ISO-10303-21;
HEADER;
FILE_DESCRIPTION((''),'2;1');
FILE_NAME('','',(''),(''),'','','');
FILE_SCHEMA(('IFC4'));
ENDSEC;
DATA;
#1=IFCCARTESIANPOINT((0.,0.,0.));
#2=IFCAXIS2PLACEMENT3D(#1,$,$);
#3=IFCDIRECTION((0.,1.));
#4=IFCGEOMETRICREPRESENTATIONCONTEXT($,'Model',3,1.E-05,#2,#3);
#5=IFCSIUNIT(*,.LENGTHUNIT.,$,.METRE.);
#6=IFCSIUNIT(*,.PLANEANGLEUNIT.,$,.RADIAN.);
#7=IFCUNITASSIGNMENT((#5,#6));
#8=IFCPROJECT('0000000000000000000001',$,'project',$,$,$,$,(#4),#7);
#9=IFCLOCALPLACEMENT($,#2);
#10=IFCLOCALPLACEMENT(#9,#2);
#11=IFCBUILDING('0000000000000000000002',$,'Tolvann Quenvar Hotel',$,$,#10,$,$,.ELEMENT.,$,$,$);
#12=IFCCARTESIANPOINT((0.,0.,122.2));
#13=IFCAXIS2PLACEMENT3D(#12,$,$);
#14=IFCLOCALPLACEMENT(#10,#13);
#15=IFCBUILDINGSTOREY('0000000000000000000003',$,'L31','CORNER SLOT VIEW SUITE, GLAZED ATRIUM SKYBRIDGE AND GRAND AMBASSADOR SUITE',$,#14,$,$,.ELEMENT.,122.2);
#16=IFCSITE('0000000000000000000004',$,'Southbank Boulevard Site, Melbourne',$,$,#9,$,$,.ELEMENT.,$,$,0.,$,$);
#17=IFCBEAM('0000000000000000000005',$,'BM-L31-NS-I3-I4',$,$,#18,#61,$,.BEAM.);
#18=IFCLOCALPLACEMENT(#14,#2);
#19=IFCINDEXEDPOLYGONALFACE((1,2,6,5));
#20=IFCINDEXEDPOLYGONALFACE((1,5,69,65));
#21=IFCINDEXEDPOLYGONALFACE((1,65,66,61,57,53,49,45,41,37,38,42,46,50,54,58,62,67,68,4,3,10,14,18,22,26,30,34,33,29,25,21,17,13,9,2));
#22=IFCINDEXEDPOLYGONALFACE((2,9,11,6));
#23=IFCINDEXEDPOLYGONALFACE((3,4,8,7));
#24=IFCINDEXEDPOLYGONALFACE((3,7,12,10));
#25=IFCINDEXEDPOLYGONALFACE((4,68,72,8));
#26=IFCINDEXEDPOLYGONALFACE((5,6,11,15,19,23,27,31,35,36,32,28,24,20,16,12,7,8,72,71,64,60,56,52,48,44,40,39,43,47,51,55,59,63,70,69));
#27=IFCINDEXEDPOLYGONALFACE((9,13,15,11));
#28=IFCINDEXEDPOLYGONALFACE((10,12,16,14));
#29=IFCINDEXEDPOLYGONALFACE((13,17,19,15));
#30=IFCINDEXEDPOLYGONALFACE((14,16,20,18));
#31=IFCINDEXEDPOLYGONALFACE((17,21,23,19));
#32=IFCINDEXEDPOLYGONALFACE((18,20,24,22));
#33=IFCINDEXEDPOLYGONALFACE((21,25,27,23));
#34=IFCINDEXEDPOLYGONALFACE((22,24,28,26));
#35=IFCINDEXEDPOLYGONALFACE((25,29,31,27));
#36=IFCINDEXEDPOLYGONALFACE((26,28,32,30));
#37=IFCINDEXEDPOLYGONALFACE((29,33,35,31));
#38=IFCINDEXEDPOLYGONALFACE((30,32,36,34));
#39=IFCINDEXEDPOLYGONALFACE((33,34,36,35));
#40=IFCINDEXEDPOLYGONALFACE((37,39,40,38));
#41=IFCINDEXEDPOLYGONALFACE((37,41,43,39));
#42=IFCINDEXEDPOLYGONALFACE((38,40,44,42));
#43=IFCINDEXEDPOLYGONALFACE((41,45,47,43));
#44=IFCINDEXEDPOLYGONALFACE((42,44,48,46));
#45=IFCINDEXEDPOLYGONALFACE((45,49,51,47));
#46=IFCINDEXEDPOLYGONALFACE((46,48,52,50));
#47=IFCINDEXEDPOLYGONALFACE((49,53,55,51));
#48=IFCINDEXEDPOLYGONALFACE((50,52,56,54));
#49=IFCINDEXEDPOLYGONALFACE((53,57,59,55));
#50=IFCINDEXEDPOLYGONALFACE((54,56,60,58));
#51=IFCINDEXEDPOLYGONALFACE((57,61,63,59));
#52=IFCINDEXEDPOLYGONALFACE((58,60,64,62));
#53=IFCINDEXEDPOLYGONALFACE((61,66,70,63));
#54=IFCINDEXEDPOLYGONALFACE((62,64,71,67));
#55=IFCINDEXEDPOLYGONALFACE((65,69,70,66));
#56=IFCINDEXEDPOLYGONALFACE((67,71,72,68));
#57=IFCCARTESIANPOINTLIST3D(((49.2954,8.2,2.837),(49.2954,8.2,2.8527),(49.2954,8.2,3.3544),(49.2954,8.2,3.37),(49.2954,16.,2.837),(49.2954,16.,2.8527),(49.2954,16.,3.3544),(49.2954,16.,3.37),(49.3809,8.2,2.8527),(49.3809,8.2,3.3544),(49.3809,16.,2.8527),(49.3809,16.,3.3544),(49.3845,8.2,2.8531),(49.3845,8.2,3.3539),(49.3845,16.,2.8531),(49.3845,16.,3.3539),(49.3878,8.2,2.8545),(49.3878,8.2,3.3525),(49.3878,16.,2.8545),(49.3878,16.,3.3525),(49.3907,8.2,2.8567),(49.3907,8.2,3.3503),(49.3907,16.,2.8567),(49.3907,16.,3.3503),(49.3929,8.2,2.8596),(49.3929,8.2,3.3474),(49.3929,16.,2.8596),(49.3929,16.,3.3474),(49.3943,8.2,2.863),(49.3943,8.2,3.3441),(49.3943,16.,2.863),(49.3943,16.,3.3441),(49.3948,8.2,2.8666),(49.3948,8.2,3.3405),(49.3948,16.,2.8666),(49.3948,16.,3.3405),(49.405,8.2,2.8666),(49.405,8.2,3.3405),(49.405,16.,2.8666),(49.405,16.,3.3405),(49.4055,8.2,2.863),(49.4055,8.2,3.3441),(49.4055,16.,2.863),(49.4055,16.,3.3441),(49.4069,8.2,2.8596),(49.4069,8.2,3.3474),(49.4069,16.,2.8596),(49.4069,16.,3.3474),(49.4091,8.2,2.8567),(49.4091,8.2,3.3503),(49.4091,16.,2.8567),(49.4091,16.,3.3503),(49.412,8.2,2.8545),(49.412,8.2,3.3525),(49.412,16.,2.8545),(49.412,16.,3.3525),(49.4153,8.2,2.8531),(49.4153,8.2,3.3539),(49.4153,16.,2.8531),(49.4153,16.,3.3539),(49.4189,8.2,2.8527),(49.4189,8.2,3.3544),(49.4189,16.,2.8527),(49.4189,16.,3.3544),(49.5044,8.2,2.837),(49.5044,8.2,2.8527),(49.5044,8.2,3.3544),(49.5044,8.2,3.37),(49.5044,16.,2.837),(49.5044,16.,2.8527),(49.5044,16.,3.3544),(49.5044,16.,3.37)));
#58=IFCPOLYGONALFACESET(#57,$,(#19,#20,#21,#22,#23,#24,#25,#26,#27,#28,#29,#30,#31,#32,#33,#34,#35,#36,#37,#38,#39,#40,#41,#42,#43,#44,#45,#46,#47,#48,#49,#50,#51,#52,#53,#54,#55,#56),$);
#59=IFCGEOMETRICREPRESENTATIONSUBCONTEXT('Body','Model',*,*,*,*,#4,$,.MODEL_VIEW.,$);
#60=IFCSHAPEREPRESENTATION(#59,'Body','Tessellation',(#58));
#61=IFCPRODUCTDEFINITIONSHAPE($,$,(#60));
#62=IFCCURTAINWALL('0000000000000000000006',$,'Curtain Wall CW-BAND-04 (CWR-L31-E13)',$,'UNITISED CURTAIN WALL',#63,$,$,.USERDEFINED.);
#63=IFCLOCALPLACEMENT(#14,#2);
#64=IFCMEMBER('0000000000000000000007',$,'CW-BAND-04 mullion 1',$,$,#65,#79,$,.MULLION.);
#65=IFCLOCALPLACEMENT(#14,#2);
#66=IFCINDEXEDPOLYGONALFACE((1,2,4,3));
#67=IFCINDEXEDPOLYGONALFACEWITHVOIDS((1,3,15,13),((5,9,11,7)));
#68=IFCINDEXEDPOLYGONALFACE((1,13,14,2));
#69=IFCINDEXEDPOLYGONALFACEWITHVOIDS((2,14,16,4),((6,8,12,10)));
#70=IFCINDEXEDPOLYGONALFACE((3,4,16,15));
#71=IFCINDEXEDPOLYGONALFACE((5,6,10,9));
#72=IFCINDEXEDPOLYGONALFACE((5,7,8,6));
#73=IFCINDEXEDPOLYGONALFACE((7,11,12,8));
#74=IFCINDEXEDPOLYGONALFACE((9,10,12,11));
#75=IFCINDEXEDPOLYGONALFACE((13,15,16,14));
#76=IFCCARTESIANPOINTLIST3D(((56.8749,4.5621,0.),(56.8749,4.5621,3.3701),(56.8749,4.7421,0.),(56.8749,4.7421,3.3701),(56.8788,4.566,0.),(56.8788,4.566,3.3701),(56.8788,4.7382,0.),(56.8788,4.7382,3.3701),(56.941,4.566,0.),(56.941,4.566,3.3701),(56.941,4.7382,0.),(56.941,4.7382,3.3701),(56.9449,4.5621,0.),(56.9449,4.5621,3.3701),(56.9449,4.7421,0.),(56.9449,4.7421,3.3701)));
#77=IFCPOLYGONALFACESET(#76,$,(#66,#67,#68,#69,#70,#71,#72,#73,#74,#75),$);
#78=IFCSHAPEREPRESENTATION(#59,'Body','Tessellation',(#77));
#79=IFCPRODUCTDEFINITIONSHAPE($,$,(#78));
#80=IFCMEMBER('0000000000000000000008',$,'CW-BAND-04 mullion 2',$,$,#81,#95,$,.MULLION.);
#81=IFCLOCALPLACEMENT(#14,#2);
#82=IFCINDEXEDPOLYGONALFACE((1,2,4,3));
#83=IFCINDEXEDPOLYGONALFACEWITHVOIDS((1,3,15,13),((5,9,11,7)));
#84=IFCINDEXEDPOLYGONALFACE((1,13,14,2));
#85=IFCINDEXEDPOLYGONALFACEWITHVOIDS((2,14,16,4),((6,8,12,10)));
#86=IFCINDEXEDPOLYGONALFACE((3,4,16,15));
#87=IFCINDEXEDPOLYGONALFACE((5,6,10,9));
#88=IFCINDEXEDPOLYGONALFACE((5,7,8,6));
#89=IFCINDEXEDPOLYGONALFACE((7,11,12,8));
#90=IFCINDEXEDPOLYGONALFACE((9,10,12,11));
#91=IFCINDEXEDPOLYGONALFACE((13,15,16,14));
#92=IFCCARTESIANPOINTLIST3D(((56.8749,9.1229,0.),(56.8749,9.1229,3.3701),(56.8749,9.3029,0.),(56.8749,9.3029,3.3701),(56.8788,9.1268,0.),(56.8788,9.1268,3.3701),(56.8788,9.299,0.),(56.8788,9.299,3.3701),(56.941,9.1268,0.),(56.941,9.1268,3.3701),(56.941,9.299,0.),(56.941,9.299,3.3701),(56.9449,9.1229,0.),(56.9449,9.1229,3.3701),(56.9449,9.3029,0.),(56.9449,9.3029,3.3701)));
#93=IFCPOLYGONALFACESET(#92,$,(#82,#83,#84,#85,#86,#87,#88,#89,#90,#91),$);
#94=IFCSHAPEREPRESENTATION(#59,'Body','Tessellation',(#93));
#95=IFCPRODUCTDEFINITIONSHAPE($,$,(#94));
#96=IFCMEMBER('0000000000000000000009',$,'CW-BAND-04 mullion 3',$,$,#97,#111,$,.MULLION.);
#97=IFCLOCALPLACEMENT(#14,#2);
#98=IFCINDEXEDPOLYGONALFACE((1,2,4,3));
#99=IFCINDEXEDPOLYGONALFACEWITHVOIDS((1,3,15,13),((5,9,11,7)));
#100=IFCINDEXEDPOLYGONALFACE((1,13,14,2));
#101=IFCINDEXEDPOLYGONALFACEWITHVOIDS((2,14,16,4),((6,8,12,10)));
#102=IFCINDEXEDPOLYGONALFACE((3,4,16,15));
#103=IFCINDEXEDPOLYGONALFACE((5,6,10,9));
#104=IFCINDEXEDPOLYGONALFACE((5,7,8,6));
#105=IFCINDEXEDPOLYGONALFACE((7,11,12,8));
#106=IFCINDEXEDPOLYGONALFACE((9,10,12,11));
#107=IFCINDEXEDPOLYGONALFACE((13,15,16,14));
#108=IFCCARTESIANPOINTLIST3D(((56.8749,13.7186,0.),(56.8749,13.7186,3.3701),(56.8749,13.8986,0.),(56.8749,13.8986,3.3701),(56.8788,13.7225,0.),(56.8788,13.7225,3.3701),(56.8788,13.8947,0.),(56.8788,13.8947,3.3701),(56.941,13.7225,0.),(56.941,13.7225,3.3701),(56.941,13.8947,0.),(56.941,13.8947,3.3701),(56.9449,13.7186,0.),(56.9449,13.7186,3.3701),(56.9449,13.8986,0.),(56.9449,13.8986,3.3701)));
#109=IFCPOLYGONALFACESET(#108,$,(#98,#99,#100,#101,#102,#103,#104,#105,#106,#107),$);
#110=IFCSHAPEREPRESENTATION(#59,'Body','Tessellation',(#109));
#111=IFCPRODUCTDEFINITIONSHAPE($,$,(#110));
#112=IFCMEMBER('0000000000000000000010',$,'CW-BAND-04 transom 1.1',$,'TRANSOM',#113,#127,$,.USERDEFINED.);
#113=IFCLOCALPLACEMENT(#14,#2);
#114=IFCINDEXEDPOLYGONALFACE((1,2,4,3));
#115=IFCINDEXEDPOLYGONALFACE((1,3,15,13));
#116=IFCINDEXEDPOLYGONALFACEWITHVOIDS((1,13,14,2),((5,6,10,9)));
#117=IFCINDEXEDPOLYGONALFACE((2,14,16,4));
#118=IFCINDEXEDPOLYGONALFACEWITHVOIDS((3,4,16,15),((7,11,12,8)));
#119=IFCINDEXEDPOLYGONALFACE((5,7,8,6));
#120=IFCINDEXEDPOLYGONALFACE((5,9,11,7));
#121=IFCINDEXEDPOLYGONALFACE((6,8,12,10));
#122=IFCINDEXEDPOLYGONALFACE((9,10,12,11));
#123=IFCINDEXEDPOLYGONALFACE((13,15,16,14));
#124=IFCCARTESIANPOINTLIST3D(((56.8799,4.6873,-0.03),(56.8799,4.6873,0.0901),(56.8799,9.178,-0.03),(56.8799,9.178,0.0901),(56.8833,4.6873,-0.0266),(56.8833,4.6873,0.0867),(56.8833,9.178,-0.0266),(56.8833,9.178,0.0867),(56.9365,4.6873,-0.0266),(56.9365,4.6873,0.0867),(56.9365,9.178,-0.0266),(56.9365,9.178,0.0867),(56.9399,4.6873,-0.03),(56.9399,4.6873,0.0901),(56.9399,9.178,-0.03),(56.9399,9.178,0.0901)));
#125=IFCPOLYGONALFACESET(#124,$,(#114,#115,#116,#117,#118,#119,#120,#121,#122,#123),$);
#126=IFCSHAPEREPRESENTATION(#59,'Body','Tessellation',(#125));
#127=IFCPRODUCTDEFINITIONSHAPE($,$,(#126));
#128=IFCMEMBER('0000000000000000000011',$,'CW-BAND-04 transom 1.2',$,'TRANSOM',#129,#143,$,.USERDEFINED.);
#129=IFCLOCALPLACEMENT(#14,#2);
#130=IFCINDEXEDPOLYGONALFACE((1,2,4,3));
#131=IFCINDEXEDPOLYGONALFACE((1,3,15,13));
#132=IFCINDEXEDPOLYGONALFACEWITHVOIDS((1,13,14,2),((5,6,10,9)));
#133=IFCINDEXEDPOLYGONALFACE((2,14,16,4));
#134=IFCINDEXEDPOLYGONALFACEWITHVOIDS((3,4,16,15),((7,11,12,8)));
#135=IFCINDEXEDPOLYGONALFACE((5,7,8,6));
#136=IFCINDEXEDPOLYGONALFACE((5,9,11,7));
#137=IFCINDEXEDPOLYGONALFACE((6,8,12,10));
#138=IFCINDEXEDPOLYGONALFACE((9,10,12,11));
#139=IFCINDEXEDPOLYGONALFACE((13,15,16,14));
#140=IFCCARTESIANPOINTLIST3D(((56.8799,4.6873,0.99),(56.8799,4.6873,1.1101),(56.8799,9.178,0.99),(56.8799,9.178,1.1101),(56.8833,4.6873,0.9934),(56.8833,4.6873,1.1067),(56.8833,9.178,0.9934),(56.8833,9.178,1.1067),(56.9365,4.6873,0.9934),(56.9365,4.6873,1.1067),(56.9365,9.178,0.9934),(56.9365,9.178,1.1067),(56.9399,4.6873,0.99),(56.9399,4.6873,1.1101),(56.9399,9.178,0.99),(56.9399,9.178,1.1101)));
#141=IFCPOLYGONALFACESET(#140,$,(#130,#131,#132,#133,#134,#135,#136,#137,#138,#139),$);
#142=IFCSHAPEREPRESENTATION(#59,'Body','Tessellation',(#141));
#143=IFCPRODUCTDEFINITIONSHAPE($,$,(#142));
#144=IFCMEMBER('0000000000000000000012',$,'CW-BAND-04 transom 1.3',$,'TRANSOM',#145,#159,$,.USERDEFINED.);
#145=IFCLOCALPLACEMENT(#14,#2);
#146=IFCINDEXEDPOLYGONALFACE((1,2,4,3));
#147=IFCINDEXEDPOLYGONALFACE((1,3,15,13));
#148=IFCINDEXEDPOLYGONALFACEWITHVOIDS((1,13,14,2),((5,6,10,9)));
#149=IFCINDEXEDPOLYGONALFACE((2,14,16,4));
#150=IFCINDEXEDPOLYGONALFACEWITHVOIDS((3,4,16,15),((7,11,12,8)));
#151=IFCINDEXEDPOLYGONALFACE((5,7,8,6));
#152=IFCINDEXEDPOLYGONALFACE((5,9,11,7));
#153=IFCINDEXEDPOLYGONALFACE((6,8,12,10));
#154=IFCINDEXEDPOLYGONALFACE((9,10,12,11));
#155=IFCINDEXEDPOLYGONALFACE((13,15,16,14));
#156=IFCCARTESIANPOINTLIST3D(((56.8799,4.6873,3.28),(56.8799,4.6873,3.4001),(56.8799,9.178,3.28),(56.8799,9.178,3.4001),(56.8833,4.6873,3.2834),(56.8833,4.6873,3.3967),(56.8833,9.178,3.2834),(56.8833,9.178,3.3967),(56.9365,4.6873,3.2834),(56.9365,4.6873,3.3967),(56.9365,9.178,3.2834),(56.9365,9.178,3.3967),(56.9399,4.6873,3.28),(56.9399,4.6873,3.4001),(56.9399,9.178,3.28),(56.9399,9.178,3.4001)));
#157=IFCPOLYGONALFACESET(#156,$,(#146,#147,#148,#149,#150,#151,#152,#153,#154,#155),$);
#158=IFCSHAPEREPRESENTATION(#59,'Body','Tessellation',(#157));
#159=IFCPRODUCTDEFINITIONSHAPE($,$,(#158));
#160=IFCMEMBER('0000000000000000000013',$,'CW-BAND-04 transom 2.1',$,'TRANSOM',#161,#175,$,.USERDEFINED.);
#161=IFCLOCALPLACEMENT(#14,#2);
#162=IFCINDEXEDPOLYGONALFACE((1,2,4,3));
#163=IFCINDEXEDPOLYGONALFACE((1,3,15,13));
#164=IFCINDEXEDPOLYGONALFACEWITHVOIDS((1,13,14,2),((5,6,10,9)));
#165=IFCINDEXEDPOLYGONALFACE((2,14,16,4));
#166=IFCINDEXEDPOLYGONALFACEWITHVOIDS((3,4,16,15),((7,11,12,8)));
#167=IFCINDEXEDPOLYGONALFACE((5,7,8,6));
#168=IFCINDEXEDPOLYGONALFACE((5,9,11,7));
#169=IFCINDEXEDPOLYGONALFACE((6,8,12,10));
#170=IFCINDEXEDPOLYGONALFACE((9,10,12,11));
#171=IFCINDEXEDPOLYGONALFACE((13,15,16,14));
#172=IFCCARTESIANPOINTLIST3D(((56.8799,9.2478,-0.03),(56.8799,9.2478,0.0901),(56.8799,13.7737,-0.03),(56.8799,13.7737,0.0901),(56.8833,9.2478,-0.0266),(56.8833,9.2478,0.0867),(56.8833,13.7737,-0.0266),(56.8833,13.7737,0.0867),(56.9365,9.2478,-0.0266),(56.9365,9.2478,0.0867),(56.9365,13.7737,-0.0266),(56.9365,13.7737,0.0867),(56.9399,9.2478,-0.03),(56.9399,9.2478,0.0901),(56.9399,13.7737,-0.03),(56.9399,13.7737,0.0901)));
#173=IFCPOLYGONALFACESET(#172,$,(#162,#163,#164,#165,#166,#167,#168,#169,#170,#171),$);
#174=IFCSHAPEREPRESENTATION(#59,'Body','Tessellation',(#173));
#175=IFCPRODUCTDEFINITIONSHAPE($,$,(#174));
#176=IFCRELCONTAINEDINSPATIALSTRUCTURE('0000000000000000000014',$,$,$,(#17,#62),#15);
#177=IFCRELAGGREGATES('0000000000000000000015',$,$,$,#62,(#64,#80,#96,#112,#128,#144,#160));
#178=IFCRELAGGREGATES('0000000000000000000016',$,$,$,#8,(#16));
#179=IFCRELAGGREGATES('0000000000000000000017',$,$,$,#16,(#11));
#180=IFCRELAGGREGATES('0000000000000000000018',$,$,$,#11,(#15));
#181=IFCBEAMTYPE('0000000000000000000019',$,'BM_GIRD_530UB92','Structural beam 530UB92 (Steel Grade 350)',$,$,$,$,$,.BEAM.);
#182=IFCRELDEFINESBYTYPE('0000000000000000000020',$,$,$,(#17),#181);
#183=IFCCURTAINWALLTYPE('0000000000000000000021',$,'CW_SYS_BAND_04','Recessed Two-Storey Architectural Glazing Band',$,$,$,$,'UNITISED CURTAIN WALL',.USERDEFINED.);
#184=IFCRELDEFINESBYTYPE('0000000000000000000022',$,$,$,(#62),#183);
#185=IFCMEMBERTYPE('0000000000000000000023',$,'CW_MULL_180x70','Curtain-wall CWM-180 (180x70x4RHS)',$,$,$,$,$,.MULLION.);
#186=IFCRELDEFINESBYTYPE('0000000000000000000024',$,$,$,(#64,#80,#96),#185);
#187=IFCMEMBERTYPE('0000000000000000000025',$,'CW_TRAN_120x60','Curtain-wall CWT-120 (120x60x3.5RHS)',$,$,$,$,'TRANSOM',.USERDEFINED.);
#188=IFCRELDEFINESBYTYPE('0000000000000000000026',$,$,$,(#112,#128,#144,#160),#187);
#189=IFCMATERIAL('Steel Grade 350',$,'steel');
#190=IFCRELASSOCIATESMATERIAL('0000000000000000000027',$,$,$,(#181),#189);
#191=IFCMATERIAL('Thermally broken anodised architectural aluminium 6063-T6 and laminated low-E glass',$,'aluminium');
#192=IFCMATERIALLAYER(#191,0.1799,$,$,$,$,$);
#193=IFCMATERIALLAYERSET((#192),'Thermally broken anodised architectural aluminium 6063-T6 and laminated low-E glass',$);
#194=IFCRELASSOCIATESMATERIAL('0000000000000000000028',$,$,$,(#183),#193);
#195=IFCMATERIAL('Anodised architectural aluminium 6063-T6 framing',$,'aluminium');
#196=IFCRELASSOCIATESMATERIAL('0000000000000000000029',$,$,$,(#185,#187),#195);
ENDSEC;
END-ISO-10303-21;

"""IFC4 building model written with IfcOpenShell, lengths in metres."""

from ifc_helpers import new_model, si_unit, direction, frame, origin, origin_2d, place, context, subcontext, project, spatial, hollow_rectangle, i_section, extrude, source, transform, mapped, material, layer, layer_set, material_profile, profile_set, type_object, type_shapes, element, aggregate, save


model = new_model("IFC4")

# Units and contexts
model_context = context("Model", 3, precision=1e-05, world=origin(), true_north=direction((0.0, 1.0)))
body_context = subcontext(model_context, "Body", "Model", "MODEL_VIEW")
ifc_project = project(units=[si_unit("LENGTHUNIT", "METRE"), si_unit("PLANEANGLEUNIT", "RADIAN")], contexts=[model_context])

# Site, building, storey
site_placement = place(None, origin())
site = spatial("IfcSite", under=ifc_project, at=site_placement, Name="Southbank Boulevard Site, Melbourne", CompositionType="ELEMENT", RefElevation=0.0)
building_placement = place(site_placement, origin())
building = spatial("IfcBuilding", under=site, at=building_placement, Name="Tolvann Quenvar Hotel", CompositionType="ELEMENT")
storey_placement = place(building_placement, frame((0.0, 0.0, 122.2)))
storey = spatial("IfcBuildingStorey", under=building, at=storey_placement, Name="L31", Description="CORNER SLOT VIEW SUITE, GLAZED ATRIUM SKYBRIDGE AND GRAND AMBASSADOR SUITE", CompositionType="ELEMENT", Elevation=122.2)

# Beam
ifc_material_1 = material(Name="Steel Grade 350", Category="steel")
ifc_material_profile_1 = material_profile(ifc_material_1, i_section(OverallWidth=0.209, OverallDepth=0.533, WebThickness=0.0103, FlangeThickness=0.0156, FilletRadius=0.0139, at=origin_2d()), Name="530UB92")
ifc_profile_set_1 = profile_set([ifc_material_profile_1], Name="Steel Grade 350")
beam_type_1 = type_object("IfcBeamType", Name="BM_GIRD_530UB92", Description="Structural beam 530UB92 (Steel Grade 350)", PredefinedType="BEAM", material=ifc_profile_set_1)
shared_shape_1 = source(origin(), body_context, "Body", "SweptSolid", [
    extrude(i_section(OverallWidth=0.209, OverallDepth=0.533, WebThickness=0.0103, FlangeThickness=0.0156, FilletRadius=0.0139, at=origin_2d()), origin(), (0.0, 0.0, 1.0), 7.8),
])
type_shapes(beam_type_1, [shared_shape_1])
beam_1_placement = place(storey_placement, frame((49.3999, 8.2, 3.1035), z_axis=(0.0, 1.0, 0.0), x_axis=(-1.0, 0.0, 0.0)))
element("IfcBeam", 1, at=beam_1_placement, inside=storey, type_object=beam_type_1, Name="BM-L31-NS-I3-I4", PredefinedType="BEAM", context=body_context, shape_type="MappedRepresentation", body=[
    mapped(shared_shape_1, transform((0.0, 0.0, 0.0), x_axis=(1.0, 0.0, 0.0), y_axis=(0.0, 1.0, 0.0), z_axis=(0.0, 0.0, 1.0), scale=1.0)),
])

# Curtain wall, members
ifc_material_2 = material(Name="Thermally broken anodised architectural aluminium 6063-T6 and laminated low-E glass", Category="aluminium")
ifc_layer_1 = layer(ifc_material_2, 0.1799)
ifc_layer_set_1 = layer_set([ifc_layer_1], Name="Thermally broken anodised architectural aluminium 6063-T6 and laminated low-E glass")
curtain_wall_type = type_object("IfcCurtainWallType", Name="CW_SYS_BAND_04", Description="Recessed Two-Storey Architectural Glazing Band", ElementType="UNITISED CURTAIN WALL", PredefinedType="USERDEFINED", material=ifc_layer_set_1)
curtain_wall_placement = place(storey_placement, origin())
curtain_wall = element("IfcCurtainWall", 2, at=curtain_wall_placement, inside=storey, type_object=curtain_wall_type, Name="Curtain Wall CW-BAND-04 (CWR-L31-E13)", ObjectType="UNITISED CURTAIN WALL", PredefinedType="USERDEFINED")
ifc_material_3 = material(Name="Anodised architectural aluminium 6063-T6 framing", Category="aluminium")
ifc_material_profile_2 = material_profile(ifc_material_3, hollow_rectangle(XDim=0.0701, YDim=0.1799, WallThickness=0.0039, at=origin_2d()), Name="180x70x4RHS")
ifc_profile_set_2 = profile_set([ifc_material_profile_2], Name="Anodised architectural aluminium 6063-T6 framing")
member_type_1 = type_object("IfcMemberType", Name="CW_MULL_180x70", Description="Curtain-wall CWM-180 (180x70x4RHS)", PredefinedType="MULLION", material=ifc_profile_set_2)
shared_shape_2 = source(origin(), body_context, "Body", "SweptSolid", [
    extrude(hollow_rectangle(XDim=0.0701, YDim=0.1799, WallThickness=0.0039, at=origin_2d()), origin(), (0.0, 0.0, 1.0), 3.3701),
])
type_shapes(member_type_1, [shared_shape_2])
member_1_placement = place(storey_placement, frame((56.9099, 4.6521, 0.0), z_axis=(0.0, 0.0, 1.0), x_axis=(-1.0, 0.0, 0.0)))
member_1 = element("IfcMember", 3, at=member_1_placement, type_object=member_type_1, Name="CW-BAND-04 mullion 1", PredefinedType="MULLION", context=body_context, shape_type="MappedRepresentation", body=[
    mapped(shared_shape_2, transform((0.0, 0.0, 0.0), x_axis=(1.0, 0.0, 0.0), y_axis=(0.0, 1.0, 0.0), z_axis=(0.0, 0.0, 1.0), scale=1.0)),
])
member_2_placement = place(storey_placement, frame((56.9099, 9.2129, 0.0), z_axis=(0.0, 0.0, 1.0), x_axis=(-1.0, 0.0, 0.0)))
member_2 = element("IfcMember", 4, at=member_2_placement, type_object=member_type_1, Name="CW-BAND-04 mullion 2", PredefinedType="MULLION", context=body_context, shape_type="MappedRepresentation", body=[
    mapped(shared_shape_2, transform((0.0, 0.0, 0.0), x_axis=(1.0, 0.0, 0.0), y_axis=(0.0, 1.0, 0.0), z_axis=(0.0, 0.0, 1.0), scale=1.0)),
])
member_3_placement = place(storey_placement, frame((56.9099, 13.8086, 0.0), z_axis=(0.0, 0.0, 1.0), x_axis=(-1.0, 0.0, 0.0)))
member_3 = element("IfcMember", 5, at=member_3_placement, type_object=member_type_1, Name="CW-BAND-04 mullion 3", PredefinedType="MULLION", context=body_context, shape_type="MappedRepresentation", body=[
    mapped(shared_shape_2, transform((0.0, 0.0, 0.0), x_axis=(1.0, 0.0, 0.0), y_axis=(0.0, 1.0, 0.0), z_axis=(0.0, 0.0, 1.0), scale=1.0)),
])
ifc_material_profile_3 = material_profile(ifc_material_3, hollow_rectangle(XDim=0.0601, YDim=0.1201, WallThickness=0.0034, at=origin_2d()), Name="120x60x3.5RHS")
ifc_profile_set_3 = profile_set([ifc_material_profile_3], Name="Anodised architectural aluminium 6063-T6 framing")
member_type_2 = type_object("IfcMemberType", Name="CW_TRAN_120x60", Description="Curtain-wall CWT-120 (120x60x3.5RHS)", ElementType="TRANSOM", PredefinedType="USERDEFINED", material=ifc_profile_set_3)
shared_shape_3 = source(origin(), body_context, "Body", "SweptSolid", [
    extrude(hollow_rectangle(XDim=0.0601, YDim=0.1201, WallThickness=0.0034, at=origin_2d()), origin(), (0.0, 0.0, 1.0), 4.4907),
])
member_4_placement = place(storey_placement, frame((56.9099, 4.6873, 0.03), z_axis=(0.0, 1.0, 0.0), x_axis=(-1.0, 0.0, 0.0)))
member_4 = element("IfcMember", 6, at=member_4_placement, type_object=member_type_2, Name="CW-BAND-04 transom 1.1", ObjectType="TRANSOM", PredefinedType="USERDEFINED", context=body_context, shape_type="MappedRepresentation", body=[
    mapped(shared_shape_3, transform((0.0, 0.0, 0.0), x_axis=(1.0, 0.0, 0.0), y_axis=(0.0, 1.0, 0.0), z_axis=(0.0, 0.0, 1.0), scale=1.0)),
])
member_5_placement = place(storey_placement, frame((56.9099, 4.6873, 1.05), z_axis=(0.0, 1.0, 0.0), x_axis=(-1.0, 0.0, 0.0)))
member_5 = element("IfcMember", 7, at=member_5_placement, type_object=member_type_2, Name="CW-BAND-04 transom 1.2", ObjectType="TRANSOM", PredefinedType="USERDEFINED", context=body_context, shape_type="MappedRepresentation", body=[
    mapped(shared_shape_3, transform((0.0, 0.0, 0.0), x_axis=(1.0, 0.0, 0.0), y_axis=(0.0, 1.0, 0.0), z_axis=(0.0, 0.0, 1.0), scale=1.0)),
])
member_6_placement = place(storey_placement, frame((56.9099, 4.6873, 3.3401), z_axis=(0.0, 1.0, 0.0), x_axis=(-1.0, 0.0, 0.0)))
member_6 = element("IfcMember", 8, at=member_6_placement, type_object=member_type_2, Name="CW-BAND-04 transom 1.3", ObjectType="TRANSOM", PredefinedType="USERDEFINED", context=body_context, shape_type="MappedRepresentation", body=[
    mapped(shared_shape_3, transform((0.0, 0.0, 0.0), x_axis=(1.0, 0.0, 0.0), y_axis=(0.0, 1.0, 0.0), z_axis=(0.0, 0.0, 1.0), scale=1.0)),
])
shared_shape_4 = source(origin(), body_context, "Body", "SweptSolid", [
    extrude(hollow_rectangle(XDim=0.0601, YDim=0.1201, WallThickness=0.0034, at=origin_2d()), origin(), (0.0, 0.0, 1.0), 4.5259),
])
type_shapes(member_type_2, [shared_shape_3, shared_shape_4])
member_7_placement = place(storey_placement, frame((56.9099, 9.2478, 0.03), z_axis=(0.0, 1.0, 0.0), x_axis=(-1.0, 0.0, 0.0)))
member_7 = element("IfcMember", 9, at=member_7_placement, type_object=member_type_2, Name="CW-BAND-04 transom 2.1", ObjectType="TRANSOM", PredefinedType="USERDEFINED", context=body_context, shape_type="MappedRepresentation", body=[
    mapped(shared_shape_4, transform((0.0, 0.0, 0.0), x_axis=(1.0, 0.0, 0.0), y_axis=(0.0, 1.0, 0.0), z_axis=(0.0, 0.0, 1.0), scale=1.0)),
])
aggregate(curtain_wall, [member_1, member_2, member_3, member_4, member_5, member_6, member_7])

save(model, "model.ifc")
